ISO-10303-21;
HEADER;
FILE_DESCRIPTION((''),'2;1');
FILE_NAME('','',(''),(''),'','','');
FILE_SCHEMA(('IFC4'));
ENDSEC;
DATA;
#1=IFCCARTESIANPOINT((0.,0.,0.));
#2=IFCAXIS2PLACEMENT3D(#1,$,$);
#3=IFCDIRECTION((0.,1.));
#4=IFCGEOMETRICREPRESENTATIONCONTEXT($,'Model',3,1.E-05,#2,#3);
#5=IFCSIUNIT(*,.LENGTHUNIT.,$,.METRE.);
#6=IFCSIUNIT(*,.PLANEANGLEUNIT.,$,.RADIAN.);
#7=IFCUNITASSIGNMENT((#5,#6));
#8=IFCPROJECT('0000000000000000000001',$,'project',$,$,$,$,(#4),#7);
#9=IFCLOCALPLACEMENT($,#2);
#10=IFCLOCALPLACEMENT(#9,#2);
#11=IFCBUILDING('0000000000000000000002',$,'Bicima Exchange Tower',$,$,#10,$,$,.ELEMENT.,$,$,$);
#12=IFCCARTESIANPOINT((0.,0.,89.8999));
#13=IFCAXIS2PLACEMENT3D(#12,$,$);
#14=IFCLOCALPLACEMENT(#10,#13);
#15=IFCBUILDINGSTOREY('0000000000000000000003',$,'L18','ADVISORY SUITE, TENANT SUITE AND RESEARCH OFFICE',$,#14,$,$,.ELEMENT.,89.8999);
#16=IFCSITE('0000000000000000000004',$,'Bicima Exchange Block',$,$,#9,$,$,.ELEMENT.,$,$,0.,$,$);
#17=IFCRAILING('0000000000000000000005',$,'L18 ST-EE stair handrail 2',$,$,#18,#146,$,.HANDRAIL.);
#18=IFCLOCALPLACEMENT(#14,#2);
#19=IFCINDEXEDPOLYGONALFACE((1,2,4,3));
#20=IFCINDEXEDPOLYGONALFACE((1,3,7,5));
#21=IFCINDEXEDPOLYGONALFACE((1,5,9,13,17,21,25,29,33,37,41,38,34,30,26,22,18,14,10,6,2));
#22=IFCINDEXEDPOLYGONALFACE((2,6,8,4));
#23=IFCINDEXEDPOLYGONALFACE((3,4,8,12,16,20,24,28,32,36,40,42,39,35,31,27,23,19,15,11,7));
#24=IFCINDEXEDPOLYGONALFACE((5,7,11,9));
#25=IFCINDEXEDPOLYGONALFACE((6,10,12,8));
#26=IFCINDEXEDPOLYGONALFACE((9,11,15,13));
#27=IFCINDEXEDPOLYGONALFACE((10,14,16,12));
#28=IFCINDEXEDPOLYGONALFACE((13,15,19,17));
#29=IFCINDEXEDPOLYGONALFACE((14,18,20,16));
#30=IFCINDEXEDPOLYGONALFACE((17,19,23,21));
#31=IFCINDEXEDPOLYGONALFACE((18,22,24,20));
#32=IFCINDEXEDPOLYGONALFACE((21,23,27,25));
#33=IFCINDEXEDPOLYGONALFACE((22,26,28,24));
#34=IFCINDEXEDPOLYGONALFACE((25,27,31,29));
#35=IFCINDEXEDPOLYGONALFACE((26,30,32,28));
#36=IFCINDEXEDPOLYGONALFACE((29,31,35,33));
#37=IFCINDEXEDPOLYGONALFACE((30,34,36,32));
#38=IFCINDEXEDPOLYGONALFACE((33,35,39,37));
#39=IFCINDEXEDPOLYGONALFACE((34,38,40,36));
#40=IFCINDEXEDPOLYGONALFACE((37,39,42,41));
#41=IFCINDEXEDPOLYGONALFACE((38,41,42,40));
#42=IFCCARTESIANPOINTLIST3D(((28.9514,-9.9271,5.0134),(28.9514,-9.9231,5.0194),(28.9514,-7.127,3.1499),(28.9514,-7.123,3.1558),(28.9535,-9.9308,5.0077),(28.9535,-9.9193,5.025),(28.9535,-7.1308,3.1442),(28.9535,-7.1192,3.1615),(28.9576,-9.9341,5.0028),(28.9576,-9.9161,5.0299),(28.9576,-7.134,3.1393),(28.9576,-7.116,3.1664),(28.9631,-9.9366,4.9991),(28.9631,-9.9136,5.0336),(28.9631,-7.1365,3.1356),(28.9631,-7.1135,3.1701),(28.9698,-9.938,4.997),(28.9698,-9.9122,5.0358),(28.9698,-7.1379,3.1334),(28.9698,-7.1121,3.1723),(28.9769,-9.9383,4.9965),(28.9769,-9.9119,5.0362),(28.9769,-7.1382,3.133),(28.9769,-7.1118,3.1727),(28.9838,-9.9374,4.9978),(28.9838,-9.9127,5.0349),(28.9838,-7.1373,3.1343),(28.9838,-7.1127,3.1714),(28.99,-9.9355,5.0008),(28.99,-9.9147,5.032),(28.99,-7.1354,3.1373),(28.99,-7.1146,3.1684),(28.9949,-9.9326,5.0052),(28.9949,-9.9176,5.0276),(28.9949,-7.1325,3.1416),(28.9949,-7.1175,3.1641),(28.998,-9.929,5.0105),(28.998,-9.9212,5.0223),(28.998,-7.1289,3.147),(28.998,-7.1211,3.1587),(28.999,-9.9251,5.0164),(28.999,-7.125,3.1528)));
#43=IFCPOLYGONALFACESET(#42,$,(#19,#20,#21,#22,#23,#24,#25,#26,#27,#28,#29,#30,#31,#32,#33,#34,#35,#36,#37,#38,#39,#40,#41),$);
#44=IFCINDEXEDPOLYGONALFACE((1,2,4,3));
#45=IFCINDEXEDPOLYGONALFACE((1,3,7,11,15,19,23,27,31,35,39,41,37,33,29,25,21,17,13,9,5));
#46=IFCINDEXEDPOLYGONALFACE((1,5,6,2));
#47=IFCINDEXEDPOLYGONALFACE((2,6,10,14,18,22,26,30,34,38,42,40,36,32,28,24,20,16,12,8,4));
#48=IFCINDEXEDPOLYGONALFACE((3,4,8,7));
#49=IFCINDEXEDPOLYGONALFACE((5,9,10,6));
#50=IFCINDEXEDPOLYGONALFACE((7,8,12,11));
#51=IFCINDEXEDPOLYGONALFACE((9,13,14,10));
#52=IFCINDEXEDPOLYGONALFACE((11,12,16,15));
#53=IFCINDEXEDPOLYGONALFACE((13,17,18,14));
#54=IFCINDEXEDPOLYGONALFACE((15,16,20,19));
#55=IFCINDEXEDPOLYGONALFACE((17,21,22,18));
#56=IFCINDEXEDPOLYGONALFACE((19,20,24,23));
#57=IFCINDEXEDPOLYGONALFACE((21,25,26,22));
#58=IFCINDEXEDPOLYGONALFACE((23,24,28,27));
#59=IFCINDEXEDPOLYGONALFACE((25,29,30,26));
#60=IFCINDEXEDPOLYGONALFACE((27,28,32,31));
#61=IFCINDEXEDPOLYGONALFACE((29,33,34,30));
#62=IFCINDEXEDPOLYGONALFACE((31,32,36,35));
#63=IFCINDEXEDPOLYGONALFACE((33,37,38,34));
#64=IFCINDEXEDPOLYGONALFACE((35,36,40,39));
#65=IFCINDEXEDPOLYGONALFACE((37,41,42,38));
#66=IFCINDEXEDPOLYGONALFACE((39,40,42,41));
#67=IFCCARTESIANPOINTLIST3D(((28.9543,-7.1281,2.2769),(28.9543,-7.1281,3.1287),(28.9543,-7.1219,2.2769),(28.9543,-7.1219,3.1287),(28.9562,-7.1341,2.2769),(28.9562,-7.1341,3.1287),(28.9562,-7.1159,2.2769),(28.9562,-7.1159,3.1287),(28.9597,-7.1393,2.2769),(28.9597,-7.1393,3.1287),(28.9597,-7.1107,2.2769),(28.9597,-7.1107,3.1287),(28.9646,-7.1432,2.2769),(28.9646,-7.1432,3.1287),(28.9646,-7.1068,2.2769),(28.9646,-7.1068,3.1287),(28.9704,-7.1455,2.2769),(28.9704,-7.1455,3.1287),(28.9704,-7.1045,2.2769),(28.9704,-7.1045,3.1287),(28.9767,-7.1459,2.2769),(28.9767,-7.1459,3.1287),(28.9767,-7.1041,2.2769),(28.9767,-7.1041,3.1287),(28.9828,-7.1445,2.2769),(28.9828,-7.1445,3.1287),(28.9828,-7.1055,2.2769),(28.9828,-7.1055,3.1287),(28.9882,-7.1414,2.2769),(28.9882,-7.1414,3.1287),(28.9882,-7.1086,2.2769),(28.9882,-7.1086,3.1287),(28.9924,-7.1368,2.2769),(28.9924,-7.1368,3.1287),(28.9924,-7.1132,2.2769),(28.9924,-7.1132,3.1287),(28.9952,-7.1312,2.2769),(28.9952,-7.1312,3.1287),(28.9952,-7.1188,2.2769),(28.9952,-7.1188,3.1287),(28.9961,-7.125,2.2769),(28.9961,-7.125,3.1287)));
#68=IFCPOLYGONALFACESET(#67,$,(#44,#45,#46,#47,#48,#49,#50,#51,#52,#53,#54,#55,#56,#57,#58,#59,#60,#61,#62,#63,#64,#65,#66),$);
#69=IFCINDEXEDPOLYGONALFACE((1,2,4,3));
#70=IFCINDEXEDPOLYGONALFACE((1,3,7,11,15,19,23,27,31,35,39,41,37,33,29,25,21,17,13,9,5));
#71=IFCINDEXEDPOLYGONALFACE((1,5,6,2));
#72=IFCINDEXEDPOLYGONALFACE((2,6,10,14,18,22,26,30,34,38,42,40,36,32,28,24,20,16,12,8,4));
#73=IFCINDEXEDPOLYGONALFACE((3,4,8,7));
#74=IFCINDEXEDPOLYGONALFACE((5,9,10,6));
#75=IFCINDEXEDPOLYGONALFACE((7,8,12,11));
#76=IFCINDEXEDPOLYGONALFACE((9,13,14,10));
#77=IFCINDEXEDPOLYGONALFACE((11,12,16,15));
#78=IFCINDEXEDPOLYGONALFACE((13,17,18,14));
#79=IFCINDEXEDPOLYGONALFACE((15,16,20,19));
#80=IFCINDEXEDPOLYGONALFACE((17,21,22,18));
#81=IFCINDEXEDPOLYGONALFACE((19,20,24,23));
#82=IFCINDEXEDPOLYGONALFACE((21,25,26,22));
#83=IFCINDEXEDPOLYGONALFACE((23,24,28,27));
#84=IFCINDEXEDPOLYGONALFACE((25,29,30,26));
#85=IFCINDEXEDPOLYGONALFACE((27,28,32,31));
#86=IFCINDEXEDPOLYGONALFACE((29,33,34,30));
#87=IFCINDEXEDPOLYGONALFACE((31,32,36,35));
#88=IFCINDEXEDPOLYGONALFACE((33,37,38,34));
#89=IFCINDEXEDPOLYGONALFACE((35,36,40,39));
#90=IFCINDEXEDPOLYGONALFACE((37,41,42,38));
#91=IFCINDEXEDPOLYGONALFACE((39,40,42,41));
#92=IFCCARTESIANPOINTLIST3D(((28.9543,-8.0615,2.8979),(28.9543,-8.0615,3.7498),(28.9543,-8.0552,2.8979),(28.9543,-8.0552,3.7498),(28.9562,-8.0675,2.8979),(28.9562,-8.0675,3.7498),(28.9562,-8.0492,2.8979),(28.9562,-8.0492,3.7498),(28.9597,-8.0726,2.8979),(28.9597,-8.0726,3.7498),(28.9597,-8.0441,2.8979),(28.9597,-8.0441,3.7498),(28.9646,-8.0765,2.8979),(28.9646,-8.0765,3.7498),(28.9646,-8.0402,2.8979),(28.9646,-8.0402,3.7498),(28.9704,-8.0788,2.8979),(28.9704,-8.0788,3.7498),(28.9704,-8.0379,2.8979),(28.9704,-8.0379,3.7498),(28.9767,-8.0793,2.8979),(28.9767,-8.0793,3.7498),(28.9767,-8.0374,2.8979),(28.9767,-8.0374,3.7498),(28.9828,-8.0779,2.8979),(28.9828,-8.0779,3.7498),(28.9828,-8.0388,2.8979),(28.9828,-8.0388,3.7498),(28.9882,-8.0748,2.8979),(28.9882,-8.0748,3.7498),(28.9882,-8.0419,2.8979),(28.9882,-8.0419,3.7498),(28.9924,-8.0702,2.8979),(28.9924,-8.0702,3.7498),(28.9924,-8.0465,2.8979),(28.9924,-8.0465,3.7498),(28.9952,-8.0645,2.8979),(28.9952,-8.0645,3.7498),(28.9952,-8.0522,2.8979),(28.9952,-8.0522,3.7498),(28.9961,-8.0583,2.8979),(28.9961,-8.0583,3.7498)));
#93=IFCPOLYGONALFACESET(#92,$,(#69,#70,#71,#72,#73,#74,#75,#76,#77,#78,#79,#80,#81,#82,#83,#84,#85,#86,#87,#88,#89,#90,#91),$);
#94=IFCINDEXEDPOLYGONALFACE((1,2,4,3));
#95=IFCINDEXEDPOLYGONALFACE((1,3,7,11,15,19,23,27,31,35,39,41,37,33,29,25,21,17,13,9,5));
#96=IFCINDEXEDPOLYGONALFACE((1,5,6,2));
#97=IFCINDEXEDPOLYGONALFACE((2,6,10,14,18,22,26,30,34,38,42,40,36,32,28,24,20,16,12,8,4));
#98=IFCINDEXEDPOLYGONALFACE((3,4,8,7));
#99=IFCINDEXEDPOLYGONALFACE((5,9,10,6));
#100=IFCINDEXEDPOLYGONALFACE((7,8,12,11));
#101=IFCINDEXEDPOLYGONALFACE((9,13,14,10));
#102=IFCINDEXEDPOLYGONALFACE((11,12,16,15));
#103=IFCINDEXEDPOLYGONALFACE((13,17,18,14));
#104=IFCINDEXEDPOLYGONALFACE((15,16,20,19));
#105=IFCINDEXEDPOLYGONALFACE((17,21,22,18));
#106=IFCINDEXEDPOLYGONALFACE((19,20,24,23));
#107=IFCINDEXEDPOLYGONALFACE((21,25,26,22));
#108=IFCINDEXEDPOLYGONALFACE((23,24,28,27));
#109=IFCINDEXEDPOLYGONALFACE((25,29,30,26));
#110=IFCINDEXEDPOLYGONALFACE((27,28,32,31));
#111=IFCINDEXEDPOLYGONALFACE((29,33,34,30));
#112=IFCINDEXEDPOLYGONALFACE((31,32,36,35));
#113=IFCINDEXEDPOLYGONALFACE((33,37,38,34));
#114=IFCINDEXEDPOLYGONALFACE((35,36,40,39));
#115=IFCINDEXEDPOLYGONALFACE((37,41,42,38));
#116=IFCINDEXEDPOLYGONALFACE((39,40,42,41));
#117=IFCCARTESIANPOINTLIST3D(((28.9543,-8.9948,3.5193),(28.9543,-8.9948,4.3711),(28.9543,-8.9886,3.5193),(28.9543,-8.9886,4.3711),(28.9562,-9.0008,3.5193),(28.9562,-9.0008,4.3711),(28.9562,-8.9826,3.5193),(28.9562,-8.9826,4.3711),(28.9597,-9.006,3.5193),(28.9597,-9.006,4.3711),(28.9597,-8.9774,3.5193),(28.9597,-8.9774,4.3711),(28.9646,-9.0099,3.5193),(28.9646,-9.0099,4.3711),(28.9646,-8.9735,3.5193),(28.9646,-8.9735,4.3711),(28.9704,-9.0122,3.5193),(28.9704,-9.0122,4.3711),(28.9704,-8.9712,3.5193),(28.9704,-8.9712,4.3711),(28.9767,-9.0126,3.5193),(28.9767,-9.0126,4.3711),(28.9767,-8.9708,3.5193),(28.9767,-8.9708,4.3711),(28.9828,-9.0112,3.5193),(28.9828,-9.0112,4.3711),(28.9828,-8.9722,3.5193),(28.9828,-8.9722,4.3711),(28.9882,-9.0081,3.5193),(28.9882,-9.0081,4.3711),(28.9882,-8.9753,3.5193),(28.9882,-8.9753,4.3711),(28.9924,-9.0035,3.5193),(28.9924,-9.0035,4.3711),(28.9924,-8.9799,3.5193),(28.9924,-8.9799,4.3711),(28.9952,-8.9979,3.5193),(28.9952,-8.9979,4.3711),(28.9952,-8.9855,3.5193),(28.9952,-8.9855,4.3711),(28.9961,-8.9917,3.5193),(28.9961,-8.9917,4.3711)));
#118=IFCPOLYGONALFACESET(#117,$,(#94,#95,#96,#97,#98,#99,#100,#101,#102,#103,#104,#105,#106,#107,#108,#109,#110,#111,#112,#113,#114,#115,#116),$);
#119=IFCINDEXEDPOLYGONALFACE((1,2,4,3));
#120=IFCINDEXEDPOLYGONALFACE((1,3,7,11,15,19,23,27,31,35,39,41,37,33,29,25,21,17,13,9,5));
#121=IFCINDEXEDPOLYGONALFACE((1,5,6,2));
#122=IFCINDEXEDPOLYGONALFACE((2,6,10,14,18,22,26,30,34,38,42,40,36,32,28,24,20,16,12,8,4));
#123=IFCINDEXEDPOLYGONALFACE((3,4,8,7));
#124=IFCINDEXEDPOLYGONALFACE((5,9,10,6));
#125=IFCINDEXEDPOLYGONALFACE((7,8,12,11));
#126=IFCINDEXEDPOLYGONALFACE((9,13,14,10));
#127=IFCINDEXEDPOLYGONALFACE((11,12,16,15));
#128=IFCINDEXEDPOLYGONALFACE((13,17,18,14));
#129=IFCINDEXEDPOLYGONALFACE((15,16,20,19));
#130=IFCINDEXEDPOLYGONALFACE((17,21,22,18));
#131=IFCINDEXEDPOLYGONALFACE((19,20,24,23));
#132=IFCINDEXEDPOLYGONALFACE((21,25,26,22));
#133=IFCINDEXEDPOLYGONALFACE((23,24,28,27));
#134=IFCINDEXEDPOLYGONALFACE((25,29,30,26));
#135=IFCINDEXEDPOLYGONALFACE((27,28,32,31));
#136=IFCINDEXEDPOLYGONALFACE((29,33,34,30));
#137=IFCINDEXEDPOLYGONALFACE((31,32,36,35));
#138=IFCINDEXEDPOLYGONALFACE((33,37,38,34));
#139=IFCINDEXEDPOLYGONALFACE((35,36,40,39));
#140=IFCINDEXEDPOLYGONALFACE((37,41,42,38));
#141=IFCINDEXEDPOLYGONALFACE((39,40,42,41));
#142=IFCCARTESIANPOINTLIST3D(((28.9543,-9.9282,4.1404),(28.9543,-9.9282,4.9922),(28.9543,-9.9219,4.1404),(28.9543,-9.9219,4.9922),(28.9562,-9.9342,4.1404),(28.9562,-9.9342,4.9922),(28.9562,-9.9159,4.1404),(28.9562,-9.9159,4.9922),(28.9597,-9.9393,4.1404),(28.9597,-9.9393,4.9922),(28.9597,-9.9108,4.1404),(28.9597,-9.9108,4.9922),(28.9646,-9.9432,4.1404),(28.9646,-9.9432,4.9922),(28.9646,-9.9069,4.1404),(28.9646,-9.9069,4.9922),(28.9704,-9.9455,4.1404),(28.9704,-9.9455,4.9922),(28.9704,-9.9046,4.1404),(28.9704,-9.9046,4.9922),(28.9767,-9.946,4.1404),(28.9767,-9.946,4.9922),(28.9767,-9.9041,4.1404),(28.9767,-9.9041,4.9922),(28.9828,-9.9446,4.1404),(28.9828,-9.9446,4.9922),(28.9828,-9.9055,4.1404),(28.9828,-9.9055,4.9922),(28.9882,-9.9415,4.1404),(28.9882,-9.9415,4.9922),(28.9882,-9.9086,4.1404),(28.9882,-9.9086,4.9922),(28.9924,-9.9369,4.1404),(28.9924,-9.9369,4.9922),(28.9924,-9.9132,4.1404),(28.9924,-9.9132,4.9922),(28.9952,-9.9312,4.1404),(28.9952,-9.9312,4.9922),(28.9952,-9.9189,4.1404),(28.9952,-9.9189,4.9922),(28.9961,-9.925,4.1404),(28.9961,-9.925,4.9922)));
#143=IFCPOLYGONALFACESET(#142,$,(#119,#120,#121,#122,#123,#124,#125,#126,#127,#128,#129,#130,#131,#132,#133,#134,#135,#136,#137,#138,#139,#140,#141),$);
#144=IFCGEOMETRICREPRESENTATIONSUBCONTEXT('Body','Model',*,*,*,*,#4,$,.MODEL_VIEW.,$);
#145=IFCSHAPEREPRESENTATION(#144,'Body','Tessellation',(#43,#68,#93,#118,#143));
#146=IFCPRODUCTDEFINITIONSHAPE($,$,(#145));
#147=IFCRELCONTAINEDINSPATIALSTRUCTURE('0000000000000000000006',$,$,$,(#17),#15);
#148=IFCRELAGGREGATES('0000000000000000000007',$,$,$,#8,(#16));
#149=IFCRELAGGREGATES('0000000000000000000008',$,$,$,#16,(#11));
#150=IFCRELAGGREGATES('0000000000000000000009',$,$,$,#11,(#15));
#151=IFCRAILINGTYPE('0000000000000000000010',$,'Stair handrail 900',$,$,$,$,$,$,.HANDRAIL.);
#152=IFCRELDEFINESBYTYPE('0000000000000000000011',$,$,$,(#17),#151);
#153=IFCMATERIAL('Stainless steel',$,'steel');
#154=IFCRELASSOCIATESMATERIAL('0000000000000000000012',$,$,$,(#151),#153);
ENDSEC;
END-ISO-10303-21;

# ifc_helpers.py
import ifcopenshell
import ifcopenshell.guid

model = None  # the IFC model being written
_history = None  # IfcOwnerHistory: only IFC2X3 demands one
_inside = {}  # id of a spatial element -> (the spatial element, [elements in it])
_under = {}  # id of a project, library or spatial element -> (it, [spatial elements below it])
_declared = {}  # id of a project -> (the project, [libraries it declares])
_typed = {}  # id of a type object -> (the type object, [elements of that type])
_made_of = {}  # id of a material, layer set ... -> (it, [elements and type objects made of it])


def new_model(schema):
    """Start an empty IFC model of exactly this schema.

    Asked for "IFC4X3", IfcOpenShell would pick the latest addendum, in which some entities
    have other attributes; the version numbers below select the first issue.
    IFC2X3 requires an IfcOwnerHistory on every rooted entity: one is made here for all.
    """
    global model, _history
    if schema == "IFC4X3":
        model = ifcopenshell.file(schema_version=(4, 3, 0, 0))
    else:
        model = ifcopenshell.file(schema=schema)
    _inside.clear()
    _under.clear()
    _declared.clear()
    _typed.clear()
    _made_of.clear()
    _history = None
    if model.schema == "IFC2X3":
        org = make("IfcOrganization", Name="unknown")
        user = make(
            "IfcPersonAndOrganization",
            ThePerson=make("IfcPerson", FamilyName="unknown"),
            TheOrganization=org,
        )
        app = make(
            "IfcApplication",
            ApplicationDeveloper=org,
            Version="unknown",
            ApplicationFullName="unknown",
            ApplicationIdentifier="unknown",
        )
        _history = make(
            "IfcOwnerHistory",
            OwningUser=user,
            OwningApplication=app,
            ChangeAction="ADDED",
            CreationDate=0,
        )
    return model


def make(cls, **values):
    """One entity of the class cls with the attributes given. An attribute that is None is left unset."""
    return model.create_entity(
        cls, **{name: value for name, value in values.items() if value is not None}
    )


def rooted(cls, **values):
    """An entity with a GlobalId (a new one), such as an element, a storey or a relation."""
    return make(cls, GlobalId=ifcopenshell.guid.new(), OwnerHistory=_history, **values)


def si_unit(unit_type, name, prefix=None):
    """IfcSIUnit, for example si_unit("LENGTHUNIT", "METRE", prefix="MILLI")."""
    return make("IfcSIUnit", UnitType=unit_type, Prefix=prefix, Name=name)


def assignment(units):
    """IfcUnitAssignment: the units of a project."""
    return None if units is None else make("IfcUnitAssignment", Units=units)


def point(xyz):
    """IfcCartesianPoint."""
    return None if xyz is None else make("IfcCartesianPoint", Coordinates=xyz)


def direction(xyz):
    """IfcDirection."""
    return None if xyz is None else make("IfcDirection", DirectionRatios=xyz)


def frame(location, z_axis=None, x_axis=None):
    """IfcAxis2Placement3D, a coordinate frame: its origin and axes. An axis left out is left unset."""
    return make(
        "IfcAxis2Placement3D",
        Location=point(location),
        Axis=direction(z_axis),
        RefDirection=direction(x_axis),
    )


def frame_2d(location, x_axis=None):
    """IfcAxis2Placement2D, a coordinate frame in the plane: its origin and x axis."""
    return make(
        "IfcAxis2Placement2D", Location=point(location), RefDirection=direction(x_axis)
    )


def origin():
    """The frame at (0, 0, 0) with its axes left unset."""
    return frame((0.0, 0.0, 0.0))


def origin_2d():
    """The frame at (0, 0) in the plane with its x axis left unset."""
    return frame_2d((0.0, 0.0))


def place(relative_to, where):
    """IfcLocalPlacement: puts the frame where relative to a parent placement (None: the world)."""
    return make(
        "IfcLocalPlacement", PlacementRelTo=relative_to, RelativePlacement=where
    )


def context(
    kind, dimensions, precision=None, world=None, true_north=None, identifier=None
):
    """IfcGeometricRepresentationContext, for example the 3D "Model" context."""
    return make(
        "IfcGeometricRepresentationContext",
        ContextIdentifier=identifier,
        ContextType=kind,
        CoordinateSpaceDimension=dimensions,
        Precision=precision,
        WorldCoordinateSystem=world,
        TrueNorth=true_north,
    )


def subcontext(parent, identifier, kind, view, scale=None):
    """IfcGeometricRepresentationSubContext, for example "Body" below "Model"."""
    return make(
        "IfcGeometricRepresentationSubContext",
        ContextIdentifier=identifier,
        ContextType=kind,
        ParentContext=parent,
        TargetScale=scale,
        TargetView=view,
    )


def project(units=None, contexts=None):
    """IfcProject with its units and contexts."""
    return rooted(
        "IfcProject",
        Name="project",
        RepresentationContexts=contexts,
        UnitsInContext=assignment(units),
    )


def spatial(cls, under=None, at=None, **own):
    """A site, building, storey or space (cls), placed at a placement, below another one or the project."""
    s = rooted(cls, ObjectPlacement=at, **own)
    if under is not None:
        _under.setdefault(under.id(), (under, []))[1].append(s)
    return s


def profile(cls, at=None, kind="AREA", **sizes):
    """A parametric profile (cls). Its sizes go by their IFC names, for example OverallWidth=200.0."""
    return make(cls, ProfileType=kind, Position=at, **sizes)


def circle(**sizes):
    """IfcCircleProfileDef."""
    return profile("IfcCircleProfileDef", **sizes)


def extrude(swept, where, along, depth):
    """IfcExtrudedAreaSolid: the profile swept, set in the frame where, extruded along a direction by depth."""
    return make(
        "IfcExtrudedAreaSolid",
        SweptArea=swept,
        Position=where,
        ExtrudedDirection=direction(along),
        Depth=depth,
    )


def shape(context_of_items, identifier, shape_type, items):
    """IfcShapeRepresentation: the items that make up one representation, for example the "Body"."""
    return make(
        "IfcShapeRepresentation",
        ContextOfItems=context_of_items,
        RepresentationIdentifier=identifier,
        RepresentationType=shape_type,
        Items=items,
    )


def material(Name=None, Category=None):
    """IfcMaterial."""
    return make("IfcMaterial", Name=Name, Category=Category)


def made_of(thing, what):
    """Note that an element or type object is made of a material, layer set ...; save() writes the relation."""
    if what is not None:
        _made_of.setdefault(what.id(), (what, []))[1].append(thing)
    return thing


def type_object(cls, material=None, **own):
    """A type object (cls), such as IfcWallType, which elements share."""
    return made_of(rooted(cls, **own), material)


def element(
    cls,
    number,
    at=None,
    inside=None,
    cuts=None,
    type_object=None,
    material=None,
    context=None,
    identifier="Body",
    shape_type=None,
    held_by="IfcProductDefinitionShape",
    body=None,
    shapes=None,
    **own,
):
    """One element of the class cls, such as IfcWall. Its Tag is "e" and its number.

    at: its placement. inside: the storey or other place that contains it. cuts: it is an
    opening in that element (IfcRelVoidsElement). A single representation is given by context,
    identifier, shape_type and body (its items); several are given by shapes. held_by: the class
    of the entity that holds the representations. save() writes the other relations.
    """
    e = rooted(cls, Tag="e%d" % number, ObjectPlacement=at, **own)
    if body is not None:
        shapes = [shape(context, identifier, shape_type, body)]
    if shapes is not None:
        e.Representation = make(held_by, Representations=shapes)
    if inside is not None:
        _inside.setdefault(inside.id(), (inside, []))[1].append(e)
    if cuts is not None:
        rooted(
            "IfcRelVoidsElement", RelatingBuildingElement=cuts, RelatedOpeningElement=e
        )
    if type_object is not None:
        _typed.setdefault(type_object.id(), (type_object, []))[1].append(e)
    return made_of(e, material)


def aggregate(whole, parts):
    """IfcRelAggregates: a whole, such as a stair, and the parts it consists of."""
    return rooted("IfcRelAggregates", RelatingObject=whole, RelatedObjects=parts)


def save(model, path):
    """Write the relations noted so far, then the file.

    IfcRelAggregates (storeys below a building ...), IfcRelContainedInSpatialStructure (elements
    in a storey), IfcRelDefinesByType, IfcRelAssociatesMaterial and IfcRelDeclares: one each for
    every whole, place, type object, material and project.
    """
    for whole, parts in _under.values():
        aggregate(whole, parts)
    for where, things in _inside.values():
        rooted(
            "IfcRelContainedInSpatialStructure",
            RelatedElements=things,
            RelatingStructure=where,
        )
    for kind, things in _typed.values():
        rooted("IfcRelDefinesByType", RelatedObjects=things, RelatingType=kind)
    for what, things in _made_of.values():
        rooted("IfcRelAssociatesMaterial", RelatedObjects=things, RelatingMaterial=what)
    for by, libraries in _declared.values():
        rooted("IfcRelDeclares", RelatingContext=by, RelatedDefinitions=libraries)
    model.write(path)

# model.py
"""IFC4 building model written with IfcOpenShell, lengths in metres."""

from ifc_helpers import new_model, si_unit, direction, frame, origin, origin_2d, place, context, subcontext, project, spatial, circle, extrude, material, type_object, element, save


model = new_model("IFC4")

# Units and contexts
model_context = context("Model", 3, precision=1e-05, world=origin(), true_north=direction((0.0, 1.0)))
body_context = subcontext(model_context, "Body", "Model", "MODEL_VIEW")
ifc_project = project(units=[si_unit("LENGTHUNIT", "METRE"), si_unit("PLANEANGLEUNIT", "RADIAN")], contexts=[model_context])

# Site, building, storey
site_placement = place(None, origin())
site = spatial("IfcSite", under=ifc_project, at=site_placement, Name="Bicima Exchange Block", CompositionType="ELEMENT", RefElevation=0.0)
building_placement = place(site_placement, origin())
building = spatial("IfcBuilding", under=site, at=building_placement, Name="Bicima Exchange Tower", CompositionType="ELEMENT")
storey_placement = place(building_placement, frame((0.0, 0.0, 89.8999)))
storey = spatial("IfcBuildingStorey", under=building, at=storey_placement, Name="L18", Description="ADVISORY SUITE, TENANT SUITE AND RESEARCH OFFICE", CompositionType="ELEMENT", Elevation=89.8999)

# Railing
ifc_material_1 = material(Name="Stainless steel", Category="steel")
railing_type_1 = type_object("IfcRailingType", Name="Stair handrail 900", PredefinedType="HANDRAIL", material=ifc_material_1)
railing_1_placement = place(storey_placement, frame((28.9751, -7.125, 2.2769)))
element("IfcRailing", 1, at=railing_1_placement, inside=storey, type_object=railing_type_1, Name="L18 ST-EE stair handrail 2", PredefinedType="HANDRAIL", context=body_context, shape_type="SweptSolid", body=[
    extrude(circle(Radius=0.0239, at=origin_2d()), frame((0.0, 0.0, 0.876), z_axis=(0.0, -0.832486, 0.554047), x_axis=(1.0, 0.0, 0.0)), (0.0, 0.0, 1.0), 3.3635),
    extrude(circle(Radius=0.021, at=origin_2d()), origin(), (0.0, 0.0, 1.0), 0.8518),
    extrude(circle(Radius=0.021, at=origin_2d()), frame((0.0, -0.9333, 0.6211)), (0.0, 0.0, 1.0), 0.8518),
    extrude(circle(Radius=0.021, at=origin_2d()), frame((0.0, -1.8667, 1.2424)), (0.0, 0.0, 1.0), 0.8518),
    extrude(circle(Radius=0.021, at=origin_2d()), frame((0.0, -2.8, 1.8635)), (0.0, 0.0, 1.0), 0.8518),
])

save(model, "model.ifc")
